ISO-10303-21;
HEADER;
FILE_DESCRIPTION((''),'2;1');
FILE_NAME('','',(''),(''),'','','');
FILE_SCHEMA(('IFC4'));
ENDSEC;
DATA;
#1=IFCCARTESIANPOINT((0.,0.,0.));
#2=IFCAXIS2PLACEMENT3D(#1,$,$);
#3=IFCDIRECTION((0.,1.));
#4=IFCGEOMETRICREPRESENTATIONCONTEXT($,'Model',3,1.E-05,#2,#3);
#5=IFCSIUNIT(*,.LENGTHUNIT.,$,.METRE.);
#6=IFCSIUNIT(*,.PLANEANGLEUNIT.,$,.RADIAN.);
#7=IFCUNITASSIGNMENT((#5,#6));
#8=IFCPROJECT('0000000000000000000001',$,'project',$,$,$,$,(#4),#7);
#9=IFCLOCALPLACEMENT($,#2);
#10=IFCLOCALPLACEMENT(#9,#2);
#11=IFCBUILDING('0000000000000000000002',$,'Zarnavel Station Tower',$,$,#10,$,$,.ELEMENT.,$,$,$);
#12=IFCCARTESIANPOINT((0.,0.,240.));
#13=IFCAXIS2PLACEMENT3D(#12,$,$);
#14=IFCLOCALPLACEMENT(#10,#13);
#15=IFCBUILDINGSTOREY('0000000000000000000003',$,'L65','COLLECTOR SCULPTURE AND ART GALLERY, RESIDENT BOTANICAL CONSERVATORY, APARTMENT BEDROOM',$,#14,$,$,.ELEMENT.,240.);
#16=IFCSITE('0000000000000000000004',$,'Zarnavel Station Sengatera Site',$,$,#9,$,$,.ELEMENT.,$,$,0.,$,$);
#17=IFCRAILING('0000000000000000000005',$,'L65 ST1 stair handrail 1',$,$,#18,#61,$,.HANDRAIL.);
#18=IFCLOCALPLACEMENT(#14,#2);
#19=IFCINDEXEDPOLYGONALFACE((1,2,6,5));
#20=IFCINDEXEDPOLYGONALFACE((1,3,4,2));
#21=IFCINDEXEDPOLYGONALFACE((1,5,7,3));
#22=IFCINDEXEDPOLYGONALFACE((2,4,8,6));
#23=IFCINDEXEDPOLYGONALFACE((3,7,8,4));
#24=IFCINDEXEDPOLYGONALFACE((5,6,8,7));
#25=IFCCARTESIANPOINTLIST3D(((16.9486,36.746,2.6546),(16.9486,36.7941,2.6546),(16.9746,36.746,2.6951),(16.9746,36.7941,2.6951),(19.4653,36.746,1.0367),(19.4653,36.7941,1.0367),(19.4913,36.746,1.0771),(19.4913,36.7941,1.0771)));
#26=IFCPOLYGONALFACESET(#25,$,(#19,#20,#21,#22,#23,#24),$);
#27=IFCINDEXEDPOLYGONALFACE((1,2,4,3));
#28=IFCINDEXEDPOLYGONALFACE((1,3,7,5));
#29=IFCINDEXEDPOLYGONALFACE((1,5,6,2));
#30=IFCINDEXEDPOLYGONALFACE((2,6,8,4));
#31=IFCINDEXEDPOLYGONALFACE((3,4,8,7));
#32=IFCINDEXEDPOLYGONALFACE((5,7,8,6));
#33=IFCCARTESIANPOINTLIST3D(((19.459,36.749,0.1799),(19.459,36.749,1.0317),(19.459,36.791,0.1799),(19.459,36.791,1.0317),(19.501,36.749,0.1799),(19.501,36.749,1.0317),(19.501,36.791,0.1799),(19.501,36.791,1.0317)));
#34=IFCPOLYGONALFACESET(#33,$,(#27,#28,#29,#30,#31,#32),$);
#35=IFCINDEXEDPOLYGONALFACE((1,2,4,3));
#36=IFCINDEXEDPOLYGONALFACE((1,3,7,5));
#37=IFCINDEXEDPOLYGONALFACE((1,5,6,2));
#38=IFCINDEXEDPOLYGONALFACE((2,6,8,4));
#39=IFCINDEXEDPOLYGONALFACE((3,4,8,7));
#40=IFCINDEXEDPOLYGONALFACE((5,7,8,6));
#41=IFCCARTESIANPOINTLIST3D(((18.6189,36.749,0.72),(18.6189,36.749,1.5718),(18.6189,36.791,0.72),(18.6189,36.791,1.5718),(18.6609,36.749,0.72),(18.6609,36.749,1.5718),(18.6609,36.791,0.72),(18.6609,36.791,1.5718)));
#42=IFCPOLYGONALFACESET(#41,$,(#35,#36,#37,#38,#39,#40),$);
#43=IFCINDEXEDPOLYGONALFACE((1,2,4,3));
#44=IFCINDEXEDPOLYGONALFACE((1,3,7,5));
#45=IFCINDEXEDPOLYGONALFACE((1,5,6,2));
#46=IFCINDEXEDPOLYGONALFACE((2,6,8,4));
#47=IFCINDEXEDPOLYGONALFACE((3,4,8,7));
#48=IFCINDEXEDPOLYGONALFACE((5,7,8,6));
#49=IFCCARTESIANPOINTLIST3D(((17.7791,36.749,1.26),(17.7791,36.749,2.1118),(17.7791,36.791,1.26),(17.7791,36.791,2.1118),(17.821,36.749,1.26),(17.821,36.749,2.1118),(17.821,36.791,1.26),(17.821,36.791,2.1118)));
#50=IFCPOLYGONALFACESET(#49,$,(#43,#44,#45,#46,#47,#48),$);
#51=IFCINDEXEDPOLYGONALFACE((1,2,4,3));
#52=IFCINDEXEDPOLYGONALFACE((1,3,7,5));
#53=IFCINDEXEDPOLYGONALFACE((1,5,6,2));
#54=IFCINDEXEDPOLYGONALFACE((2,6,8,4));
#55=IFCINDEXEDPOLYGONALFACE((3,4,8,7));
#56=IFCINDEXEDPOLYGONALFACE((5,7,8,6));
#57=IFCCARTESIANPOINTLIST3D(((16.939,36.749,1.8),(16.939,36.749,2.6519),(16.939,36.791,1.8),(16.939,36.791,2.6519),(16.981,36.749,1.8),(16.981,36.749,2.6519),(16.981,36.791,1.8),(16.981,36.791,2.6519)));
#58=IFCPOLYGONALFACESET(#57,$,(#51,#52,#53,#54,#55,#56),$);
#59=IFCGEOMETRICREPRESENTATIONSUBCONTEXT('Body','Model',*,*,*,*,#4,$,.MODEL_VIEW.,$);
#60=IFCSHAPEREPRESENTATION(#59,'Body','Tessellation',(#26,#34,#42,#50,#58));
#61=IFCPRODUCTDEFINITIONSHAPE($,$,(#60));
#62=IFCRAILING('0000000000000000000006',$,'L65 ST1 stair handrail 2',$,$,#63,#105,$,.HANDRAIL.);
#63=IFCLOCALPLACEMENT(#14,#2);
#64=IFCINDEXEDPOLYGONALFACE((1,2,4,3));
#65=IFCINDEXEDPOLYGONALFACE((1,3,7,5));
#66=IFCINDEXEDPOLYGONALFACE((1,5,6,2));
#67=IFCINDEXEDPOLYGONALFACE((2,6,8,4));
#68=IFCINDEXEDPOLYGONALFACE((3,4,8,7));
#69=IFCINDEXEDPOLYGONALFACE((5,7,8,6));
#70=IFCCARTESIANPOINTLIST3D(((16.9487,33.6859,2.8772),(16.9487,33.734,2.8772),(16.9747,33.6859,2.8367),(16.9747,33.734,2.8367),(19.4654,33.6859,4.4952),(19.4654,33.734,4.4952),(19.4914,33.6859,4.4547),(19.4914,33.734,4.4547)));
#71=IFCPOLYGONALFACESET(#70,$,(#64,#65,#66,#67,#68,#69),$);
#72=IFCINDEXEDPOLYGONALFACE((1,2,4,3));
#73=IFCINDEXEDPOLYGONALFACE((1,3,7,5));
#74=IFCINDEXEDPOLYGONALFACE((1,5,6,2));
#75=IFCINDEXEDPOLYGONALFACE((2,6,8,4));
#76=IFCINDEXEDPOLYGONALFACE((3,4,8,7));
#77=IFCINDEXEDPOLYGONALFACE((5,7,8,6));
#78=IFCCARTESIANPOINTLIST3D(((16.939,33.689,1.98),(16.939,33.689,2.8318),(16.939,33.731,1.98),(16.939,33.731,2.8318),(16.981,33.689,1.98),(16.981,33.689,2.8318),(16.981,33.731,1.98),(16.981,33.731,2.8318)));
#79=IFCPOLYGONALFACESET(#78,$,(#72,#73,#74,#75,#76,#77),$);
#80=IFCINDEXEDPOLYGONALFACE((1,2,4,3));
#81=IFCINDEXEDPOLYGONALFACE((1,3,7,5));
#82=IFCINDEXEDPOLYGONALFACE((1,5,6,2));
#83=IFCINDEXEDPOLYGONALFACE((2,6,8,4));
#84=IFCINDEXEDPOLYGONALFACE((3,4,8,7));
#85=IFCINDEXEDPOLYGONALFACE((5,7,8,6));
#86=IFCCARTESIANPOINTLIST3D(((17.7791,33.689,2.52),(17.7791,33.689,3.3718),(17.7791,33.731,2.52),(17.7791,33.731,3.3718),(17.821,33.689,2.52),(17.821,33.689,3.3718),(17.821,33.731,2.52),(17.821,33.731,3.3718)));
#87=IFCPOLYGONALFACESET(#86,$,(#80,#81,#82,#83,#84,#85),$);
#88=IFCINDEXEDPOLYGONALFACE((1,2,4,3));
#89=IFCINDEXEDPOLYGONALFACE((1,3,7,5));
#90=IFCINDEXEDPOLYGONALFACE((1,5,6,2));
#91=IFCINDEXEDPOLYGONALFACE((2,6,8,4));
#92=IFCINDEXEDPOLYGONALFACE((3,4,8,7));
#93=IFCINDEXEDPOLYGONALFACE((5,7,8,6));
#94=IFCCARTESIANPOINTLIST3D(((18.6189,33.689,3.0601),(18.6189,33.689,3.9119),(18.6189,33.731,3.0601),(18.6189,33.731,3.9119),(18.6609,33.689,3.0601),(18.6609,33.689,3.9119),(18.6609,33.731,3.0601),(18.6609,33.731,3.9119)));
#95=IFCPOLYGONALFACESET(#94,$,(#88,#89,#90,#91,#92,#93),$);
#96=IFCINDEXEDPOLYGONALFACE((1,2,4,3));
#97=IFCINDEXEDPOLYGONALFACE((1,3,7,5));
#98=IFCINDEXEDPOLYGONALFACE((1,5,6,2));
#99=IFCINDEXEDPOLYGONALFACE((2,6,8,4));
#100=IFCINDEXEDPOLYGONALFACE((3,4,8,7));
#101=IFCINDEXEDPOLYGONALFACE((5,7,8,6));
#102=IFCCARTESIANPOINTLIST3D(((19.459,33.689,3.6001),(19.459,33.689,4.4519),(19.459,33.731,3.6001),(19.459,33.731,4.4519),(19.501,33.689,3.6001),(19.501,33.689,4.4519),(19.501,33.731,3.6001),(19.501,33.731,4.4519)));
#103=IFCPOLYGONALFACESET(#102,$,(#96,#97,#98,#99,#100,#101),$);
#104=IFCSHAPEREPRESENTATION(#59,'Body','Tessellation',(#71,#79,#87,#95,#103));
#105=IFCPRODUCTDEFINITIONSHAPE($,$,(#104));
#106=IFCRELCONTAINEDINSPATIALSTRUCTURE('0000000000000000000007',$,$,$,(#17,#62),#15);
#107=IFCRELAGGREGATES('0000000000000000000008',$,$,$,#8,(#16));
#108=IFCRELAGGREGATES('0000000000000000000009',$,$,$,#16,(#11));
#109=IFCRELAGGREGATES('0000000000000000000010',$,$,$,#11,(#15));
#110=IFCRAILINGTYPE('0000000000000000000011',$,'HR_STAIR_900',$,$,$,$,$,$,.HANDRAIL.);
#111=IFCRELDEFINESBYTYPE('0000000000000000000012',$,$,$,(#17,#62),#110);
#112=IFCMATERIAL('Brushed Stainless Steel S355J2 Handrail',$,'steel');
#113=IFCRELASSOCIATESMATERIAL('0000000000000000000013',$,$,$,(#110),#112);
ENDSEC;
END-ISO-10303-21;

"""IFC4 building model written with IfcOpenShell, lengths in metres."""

from ifc_helpers import new_model, si_unit, direction, frame, origin, origin_2d, place, context, subcontext, project, spatial, rectangle, extrude, material, type_object, element, save


model = new_model("IFC4")

# Units and contexts
model_context = context("Model", 3, precision=1e-05, world=origin(), true_north=direction((0.0, 1.0)))
body_context = subcontext(model_context, "Body", "Model", "MODEL_VIEW")
ifc_project = project(units=[si_unit("LENGTHUNIT", "METRE"), si_unit("PLANEANGLEUNIT", "RADIAN")], contexts=[model_context])

# Site, building, storey
site_placement = place(None, origin())
site = spatial("IfcSite", under=ifc_project, at=site_placement, Name="Zarnavel Station Sengatera Site", CompositionType="ELEMENT", RefElevation=0.0)
building_placement = place(site_placement, origin())
building = spatial("IfcBuilding", under=site, at=building_placement, Name="Zarnavel Station Tower", CompositionType="ELEMENT")
storey_placement = place(building_placement, frame((0.0, 0.0, 240.0)))
storey = spatial("IfcBuildingStorey", under=building, at=storey_placement, Name="L65", Description="COLLECTOR SCULPTURE AND ART GALLERY, RESIDENT BOTANICAL CONSERVATORY, APARTMENT BEDROOM", CompositionType="ELEMENT", Elevation=240.0)

# Railings
ifc_material_1 = material(Name="Brushed Stainless Steel S355J2 Handrail", Category="steel")
railing_type_1 = type_object("IfcRailingType", Name="HR_STAIR_900", PredefinedType="HANDRAIL", material=ifc_material_1)
railing_1_placement = place(storey_placement, frame((19.48, 36.77, 0.1799)))
element("IfcRailing", 1, at=railing_1_placement, inside=storey, type_object=railing_type_1, Name="L65 ST1 stair handrail 1", PredefinedType="HANDRAIL", context=body_context, shape_type="SweptSolid", body=[
    extrude(rectangle(XDim=0.0481, YDim=0.0481, at=origin_2d()), frame((-0.0017, 0.0, 0.877), z_axis=(-0.841163, 0.0, 0.540782), x_axis=(0.0, -1.0, 0.0)), (0.0, 0.0, 1.0), 2.9919),
    extrude(rectangle(XDim=0.042, YDim=0.042, at=origin_2d()), origin(), (0.0, 0.0, 1.0), 0.8518),
    extrude(rectangle(XDim=0.042, YDim=0.042, at=origin_2d()), frame((-0.8401, 0.0, 0.54)), (0.0, 0.0, 1.0), 0.8518),
    extrude(rectangle(XDim=0.042, YDim=0.042, at=origin_2d()), frame((-1.6799, 0.0, 1.0801)), (0.0, 0.0, 1.0), 0.8518),
    extrude(rectangle(XDim=0.042, YDim=0.042, at=origin_2d()), frame((-2.52, 0.0, 1.6201)), (0.0, 0.0, 1.0), 0.8518),
])
railing_2_placement = place(storey_placement, frame((16.96, 33.71, 1.98)))
element("IfcRailing", 2, at=railing_2_placement, inside=storey, type_object=railing_type_1, Name="L65 ST1 stair handrail 2", PredefinedType="HANDRAIL", context=body_context, shape_type="SweptSolid", body=[
    extrude(rectangle(XDim=0.0481, YDim=0.0481, at=origin_2d()), frame((0.0017, 0.0, 0.877), z_axis=(0.841163, 0.0, 0.540782), x_axis=(0.0, 1.0, 0.0)), (0.0, 0.0, 1.0), 2.9919),
    extrude(rectangle(XDim=0.042, YDim=0.042, at=origin_2d()), origin(), (0.0, 0.0, 1.0), 0.8518),
    extrude(rectangle(XDim=0.042, YDim=0.042, at=origin_2d()), frame((0.8401, 0.0, 0.54)), (0.0, 0.0, 1.0), 0.8518),
    extrude(rectangle(XDim=0.042, YDim=0.042, at=origin_2d()), frame((1.6799, 0.0, 1.0801)), (0.0, 0.0, 1.0), 0.8518),
    extrude(rectangle(XDim=0.042, YDim=0.042, at=origin_2d()), frame((2.52, 0.0, 1.6201)), (0.0, 0.0, 1.0), 0.8518),
])

save(model, "model.ifc")
